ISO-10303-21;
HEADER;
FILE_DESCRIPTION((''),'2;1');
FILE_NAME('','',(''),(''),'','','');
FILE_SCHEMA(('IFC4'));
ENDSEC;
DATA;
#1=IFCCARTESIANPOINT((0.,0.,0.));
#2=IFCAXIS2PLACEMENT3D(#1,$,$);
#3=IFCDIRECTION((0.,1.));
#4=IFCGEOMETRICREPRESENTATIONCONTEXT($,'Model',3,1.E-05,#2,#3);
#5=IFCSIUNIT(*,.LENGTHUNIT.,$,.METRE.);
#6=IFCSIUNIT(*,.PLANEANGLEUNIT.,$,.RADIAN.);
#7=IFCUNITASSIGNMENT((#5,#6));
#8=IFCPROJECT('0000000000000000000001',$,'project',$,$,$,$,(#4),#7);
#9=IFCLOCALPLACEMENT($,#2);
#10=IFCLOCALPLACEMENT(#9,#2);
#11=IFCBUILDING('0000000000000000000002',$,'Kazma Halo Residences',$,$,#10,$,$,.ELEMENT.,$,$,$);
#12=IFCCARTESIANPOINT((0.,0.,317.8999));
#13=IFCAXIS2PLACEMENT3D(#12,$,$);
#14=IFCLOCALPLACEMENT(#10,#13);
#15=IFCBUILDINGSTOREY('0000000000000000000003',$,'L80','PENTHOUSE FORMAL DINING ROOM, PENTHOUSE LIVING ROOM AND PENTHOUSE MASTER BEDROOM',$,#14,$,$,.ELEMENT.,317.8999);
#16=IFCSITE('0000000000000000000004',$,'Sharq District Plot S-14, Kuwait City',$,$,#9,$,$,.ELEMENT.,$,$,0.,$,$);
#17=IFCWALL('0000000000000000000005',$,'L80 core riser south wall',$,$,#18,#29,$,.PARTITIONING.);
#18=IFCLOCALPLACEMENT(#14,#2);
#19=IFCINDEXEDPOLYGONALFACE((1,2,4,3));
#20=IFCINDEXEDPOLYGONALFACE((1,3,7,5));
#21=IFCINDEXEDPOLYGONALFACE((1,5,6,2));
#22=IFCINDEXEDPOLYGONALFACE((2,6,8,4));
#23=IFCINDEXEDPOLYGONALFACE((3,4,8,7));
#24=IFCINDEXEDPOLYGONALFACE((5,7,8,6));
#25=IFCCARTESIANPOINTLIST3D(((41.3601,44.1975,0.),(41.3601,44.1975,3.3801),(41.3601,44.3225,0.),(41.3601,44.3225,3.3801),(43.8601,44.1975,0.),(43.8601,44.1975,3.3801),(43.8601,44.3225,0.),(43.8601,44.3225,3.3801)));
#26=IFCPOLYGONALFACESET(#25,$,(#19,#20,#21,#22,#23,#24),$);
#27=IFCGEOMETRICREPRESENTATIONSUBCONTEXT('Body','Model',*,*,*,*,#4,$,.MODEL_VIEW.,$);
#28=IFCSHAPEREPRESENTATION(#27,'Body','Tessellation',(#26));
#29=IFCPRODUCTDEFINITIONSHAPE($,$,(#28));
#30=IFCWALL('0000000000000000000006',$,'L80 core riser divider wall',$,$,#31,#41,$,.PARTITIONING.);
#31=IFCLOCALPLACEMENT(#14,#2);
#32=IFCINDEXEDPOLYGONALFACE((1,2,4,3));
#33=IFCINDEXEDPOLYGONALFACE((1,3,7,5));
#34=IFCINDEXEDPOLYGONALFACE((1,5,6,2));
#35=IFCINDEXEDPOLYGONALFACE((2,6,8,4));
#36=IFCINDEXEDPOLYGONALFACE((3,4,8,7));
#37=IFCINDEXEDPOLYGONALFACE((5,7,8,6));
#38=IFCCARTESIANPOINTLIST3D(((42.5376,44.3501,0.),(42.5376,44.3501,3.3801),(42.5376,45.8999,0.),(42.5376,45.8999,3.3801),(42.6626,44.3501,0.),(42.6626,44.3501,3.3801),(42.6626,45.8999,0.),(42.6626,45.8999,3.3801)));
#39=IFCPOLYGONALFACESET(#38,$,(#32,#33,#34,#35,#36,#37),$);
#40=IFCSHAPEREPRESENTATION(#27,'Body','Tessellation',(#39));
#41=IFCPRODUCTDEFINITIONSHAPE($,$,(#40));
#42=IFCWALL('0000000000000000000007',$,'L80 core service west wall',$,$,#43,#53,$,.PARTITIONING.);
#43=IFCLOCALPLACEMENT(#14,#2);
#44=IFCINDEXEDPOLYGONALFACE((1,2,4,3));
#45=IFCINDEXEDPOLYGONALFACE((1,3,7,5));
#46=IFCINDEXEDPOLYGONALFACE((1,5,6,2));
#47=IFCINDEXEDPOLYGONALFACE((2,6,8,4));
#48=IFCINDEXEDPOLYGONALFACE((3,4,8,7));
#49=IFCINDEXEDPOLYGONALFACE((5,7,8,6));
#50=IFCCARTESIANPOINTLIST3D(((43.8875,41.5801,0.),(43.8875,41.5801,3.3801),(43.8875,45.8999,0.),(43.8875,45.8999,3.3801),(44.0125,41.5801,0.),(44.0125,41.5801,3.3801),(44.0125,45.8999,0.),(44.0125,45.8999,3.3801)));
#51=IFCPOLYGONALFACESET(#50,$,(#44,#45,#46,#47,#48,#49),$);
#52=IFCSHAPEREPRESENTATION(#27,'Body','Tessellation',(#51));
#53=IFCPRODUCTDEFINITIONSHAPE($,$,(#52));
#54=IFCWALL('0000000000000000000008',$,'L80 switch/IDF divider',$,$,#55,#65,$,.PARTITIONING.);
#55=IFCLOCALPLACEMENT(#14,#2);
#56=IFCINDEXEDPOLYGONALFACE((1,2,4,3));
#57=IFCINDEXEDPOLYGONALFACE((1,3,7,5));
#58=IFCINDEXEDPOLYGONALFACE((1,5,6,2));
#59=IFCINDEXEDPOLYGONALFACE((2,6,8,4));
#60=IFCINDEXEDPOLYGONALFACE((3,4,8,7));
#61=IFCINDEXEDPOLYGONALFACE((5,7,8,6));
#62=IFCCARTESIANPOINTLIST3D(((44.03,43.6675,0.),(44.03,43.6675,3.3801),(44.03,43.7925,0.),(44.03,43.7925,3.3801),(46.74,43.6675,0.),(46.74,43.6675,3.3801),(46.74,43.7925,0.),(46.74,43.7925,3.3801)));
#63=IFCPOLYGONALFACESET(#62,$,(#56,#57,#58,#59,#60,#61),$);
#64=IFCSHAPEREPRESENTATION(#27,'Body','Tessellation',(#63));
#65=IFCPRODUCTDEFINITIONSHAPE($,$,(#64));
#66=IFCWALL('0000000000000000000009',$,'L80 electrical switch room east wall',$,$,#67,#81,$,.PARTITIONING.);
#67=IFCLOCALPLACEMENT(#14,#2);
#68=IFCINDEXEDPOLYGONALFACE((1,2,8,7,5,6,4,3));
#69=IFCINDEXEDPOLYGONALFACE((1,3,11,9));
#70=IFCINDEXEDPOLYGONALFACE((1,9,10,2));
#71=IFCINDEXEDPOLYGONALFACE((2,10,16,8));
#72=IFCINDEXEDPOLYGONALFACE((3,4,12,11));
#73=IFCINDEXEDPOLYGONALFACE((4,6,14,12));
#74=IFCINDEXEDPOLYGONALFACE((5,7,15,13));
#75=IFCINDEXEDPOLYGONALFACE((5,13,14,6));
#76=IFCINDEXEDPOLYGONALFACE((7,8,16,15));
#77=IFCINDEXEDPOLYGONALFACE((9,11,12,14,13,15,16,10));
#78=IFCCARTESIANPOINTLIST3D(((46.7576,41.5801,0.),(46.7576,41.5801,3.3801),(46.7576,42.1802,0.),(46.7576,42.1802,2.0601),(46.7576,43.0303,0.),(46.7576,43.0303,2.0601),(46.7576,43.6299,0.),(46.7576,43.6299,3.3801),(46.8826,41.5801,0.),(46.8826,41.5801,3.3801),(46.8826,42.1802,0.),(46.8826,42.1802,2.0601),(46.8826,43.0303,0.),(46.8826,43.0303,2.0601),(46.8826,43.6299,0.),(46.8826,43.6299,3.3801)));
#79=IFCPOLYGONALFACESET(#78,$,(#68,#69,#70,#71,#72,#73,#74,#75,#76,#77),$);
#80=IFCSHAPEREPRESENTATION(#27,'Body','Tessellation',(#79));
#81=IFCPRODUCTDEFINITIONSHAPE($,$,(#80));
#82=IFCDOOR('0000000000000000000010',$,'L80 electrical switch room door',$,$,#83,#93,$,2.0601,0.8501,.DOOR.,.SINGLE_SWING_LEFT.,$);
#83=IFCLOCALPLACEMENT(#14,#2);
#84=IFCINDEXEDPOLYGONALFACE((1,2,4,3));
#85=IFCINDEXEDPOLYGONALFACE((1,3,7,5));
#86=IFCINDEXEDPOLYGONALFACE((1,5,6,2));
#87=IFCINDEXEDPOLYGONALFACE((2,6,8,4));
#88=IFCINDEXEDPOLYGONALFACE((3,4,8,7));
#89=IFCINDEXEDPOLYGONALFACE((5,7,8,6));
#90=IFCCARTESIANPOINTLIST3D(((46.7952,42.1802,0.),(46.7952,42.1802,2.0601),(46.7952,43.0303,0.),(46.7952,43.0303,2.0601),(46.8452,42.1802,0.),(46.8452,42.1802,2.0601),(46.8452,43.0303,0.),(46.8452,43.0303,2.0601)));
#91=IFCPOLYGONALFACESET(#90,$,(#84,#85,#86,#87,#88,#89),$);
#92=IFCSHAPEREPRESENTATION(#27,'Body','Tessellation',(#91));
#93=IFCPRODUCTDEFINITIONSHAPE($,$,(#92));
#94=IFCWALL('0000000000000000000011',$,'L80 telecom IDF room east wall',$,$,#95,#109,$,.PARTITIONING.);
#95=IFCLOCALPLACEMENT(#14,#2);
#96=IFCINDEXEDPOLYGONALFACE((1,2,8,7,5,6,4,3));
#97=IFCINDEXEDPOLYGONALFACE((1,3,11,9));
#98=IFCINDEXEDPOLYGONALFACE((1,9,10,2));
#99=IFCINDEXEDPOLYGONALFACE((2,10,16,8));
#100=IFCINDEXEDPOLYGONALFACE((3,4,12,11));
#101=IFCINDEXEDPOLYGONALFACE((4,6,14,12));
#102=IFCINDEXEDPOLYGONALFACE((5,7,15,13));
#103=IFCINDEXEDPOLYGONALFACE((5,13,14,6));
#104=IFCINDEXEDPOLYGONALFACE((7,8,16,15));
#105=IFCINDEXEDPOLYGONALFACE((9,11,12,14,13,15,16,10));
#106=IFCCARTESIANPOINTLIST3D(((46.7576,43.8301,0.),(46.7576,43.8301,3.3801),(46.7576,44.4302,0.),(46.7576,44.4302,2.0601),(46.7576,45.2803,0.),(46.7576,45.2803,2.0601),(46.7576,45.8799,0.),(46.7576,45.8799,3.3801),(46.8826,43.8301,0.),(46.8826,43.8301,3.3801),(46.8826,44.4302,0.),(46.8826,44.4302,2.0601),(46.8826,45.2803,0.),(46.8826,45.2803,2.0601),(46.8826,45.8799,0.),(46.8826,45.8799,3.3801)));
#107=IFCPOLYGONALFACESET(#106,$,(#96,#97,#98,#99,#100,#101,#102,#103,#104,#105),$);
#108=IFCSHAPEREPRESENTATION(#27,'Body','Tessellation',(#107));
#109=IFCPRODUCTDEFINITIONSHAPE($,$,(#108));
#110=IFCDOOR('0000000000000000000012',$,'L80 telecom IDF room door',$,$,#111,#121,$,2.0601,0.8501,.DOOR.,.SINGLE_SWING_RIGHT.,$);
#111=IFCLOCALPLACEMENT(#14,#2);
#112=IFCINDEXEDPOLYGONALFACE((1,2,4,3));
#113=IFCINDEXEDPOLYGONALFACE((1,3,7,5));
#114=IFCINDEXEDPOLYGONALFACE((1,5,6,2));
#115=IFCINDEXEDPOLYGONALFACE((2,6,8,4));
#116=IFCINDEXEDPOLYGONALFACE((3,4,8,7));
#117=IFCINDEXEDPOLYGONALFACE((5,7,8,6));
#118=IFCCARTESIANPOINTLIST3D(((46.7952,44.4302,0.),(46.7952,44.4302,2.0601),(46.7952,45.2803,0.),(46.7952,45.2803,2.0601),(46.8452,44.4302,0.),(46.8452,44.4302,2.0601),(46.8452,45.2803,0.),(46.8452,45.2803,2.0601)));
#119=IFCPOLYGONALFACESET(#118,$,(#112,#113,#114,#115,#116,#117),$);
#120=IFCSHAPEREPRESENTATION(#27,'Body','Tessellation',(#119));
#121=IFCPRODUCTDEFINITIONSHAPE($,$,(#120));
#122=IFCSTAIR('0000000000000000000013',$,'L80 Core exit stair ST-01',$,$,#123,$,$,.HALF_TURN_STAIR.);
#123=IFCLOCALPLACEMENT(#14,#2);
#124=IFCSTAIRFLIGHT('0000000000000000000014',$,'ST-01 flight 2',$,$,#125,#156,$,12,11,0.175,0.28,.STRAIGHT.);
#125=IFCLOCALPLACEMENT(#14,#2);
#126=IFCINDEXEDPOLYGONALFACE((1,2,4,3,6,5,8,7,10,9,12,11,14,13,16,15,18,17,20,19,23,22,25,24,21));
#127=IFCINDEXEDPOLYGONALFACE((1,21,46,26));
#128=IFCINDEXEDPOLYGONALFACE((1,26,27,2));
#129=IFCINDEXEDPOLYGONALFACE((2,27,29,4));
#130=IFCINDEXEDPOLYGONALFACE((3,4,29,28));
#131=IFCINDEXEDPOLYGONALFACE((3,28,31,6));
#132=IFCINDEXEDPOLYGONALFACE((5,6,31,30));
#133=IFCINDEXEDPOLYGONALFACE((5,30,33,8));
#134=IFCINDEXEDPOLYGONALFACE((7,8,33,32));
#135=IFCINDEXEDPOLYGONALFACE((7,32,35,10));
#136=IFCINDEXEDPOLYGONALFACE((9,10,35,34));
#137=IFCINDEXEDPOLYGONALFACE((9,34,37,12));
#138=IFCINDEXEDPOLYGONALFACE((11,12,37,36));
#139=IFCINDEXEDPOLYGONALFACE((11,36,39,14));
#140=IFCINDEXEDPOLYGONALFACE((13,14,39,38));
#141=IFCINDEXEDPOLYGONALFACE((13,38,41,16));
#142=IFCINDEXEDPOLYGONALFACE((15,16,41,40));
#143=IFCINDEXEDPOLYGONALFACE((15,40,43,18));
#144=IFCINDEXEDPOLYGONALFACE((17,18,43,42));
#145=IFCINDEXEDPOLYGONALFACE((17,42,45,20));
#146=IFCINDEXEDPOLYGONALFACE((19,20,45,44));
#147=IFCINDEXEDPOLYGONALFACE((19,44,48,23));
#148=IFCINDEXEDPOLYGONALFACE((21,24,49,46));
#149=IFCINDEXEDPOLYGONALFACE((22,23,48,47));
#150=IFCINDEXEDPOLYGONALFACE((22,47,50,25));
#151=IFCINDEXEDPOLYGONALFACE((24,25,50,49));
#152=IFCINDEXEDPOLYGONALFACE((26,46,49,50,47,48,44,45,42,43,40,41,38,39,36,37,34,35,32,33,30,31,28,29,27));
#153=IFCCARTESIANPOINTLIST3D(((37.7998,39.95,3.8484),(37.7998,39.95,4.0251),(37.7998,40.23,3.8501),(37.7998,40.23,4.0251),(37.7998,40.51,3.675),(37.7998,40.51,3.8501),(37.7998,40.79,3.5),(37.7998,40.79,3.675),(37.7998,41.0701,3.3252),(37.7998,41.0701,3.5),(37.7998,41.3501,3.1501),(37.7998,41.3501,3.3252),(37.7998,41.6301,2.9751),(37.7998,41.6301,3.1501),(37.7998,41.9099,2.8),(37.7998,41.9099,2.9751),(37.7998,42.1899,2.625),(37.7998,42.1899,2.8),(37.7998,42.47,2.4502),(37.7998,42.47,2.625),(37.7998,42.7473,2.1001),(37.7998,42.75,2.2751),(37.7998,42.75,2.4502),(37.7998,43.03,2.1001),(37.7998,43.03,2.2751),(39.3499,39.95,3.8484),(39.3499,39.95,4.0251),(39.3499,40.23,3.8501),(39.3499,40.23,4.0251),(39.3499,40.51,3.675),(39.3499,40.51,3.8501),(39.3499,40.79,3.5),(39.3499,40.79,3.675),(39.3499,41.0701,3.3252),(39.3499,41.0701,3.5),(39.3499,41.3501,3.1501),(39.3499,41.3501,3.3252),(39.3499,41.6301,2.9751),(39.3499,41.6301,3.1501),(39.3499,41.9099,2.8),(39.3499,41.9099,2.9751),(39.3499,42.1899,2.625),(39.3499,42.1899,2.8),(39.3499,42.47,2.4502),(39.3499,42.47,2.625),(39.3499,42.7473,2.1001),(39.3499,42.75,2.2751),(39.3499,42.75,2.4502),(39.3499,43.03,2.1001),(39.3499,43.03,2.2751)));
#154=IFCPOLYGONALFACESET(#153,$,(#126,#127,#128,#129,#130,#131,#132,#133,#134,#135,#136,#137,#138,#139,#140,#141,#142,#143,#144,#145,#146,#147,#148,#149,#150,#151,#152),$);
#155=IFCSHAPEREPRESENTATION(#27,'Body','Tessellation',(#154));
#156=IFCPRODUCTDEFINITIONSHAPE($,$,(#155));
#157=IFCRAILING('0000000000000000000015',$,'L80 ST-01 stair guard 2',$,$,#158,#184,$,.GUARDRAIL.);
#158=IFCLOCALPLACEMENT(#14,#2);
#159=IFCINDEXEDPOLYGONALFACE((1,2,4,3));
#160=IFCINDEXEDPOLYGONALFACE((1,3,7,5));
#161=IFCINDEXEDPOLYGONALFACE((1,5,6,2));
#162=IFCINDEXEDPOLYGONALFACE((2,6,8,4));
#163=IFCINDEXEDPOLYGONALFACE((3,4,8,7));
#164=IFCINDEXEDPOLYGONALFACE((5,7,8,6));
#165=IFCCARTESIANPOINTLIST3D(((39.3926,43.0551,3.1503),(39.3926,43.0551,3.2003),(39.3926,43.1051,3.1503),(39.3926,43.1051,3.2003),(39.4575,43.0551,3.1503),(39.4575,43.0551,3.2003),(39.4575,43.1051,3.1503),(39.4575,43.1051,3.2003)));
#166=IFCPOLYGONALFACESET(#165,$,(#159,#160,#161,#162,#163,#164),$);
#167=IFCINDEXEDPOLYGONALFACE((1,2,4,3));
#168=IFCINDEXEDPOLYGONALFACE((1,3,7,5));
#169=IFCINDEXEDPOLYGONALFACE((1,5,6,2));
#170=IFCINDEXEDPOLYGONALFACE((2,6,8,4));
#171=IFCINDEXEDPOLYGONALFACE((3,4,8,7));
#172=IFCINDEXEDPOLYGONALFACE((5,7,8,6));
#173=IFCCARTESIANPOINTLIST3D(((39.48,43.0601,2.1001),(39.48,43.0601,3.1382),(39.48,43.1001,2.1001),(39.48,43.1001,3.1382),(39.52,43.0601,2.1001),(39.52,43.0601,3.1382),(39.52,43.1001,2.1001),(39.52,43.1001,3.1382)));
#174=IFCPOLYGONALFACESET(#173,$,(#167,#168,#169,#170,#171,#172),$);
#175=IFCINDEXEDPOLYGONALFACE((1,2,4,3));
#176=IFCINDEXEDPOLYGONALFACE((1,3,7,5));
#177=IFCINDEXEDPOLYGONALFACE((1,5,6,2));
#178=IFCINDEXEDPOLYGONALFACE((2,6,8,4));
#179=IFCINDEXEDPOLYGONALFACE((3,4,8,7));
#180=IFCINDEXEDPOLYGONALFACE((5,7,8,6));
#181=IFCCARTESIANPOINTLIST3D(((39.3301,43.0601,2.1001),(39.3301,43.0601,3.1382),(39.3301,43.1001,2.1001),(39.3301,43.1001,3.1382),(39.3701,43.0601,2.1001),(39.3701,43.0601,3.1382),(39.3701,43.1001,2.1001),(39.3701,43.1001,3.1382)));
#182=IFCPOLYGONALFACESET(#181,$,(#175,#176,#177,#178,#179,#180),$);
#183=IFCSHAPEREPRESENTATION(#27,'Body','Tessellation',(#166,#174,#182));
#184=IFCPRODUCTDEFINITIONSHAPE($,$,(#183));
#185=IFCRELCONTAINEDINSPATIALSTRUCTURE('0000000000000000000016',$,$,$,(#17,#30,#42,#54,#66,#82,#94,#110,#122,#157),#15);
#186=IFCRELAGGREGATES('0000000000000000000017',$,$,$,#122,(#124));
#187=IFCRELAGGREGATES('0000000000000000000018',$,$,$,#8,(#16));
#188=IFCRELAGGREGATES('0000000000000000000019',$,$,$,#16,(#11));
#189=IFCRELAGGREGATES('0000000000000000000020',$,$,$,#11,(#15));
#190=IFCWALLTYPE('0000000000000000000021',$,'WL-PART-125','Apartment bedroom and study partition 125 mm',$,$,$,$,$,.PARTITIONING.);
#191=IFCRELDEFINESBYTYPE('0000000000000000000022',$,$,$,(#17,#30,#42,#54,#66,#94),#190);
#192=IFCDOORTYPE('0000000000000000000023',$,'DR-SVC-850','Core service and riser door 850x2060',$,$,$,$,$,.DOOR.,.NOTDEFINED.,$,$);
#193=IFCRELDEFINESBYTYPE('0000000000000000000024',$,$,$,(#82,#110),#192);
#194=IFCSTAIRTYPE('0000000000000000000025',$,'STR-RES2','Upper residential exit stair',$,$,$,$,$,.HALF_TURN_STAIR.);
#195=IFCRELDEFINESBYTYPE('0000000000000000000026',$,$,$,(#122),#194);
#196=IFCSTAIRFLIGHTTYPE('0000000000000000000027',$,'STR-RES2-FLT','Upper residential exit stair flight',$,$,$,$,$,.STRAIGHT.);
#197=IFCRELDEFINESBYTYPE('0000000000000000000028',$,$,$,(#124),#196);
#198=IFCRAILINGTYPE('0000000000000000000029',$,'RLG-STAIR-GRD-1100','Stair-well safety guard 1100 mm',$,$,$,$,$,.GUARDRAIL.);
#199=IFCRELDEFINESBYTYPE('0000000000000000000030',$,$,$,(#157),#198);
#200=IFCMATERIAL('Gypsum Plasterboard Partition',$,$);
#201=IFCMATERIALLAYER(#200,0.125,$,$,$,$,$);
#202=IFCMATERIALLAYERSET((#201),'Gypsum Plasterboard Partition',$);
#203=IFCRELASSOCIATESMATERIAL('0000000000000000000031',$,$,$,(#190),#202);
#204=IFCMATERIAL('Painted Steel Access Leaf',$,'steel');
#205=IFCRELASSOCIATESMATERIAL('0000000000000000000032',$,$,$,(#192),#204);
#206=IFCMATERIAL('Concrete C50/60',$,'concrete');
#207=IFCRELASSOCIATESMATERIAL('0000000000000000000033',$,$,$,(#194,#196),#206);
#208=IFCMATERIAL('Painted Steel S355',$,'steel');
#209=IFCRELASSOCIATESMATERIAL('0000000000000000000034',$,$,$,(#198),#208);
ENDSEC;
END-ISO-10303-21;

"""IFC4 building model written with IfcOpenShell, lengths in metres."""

from ifc_helpers import new_model, si_unit, direction, frame, frame_2d, origin, origin_2d, place, context, subcontext, project, spatial, polyline, rectangle, outline, extrude, material, layer, layer_set, type_object, element, fill, aggregate, save


model = new_model("IFC4")

# Units and contexts
model_context = context("Model", 3, precision=1e-05, world=origin(), true_north=direction((0.0, 1.0)))
body_context = subcontext(model_context, "Body", "Model", "MODEL_VIEW")
ifc_project = project(units=[si_unit("LENGTHUNIT", "METRE"), si_unit("PLANEANGLEUNIT", "RADIAN")], contexts=[model_context])

# Site, building, storey
site_placement = place(None, origin())
site = spatial("IfcSite", under=ifc_project, at=site_placement, Name="Sharq District Plot S-14, Kuwait City", CompositionType="ELEMENT", RefElevation=0.0)
building_placement = place(site_placement, origin())
building = spatial("IfcBuilding", under=site, at=building_placement, Name="Kazma Halo Residences", CompositionType="ELEMENT")
storey_placement = place(building_placement, frame((0.0, 0.0, 317.8999)))
storey = spatial("IfcBuildingStorey", under=building, at=storey_placement, Name="L80", Description="PENTHOUSE FORMAL DINING ROOM, PENTHOUSE LIVING ROOM AND PENTHOUSE MASTER BEDROOM", CompositionType="ELEMENT", Elevation=317.8999)

# Shared definitions
ifc_material_1 = material(Name="Gypsum Plasterboard Partition")
ifc_layer_1 = layer(ifc_material_1, 0.125)
ifc_layer_set_1 = layer_set([ifc_layer_1], Name="Gypsum Plasterboard Partition")
wall_type_1 = type_object("IfcWallType", Name="WL-PART-125", Description="Apartment bedroom and study partition 125 mm", PredefinedType="PARTITIONING", material=ifc_layer_set_1)

# Shared definitions
ifc_material_2 = material(Name="Painted Steel Access Leaf", Category="steel")
door_type_1 = type_object("IfcDoorType", Name="DR-SVC-850", Description="Core service and riser door 850x2060", OperationType="NOTDEFINED", PredefinedType="DOOR", material=ifc_material_2)

# Walls
wall_1_placement = place(storey_placement, frame((41.3601, 44.26, 0.0), z_axis=(0.0, 0.0, 1.0), x_axis=(1.0, 0.0, 0.0)))
element("IfcWall", 1, at=wall_1_placement, inside=storey, type_object=wall_type_1, Name="L80 core riser south wall", PredefinedType="PARTITIONING", context=body_context, shape_type="SweptSolid", body=[
    extrude(rectangle(XDim=2.5, YDim=0.125, at=frame_2d((1.25, 0.0))), origin(), (0.0, 0.0, 1.0), 3.3801),
])
wall_2_placement = place(storey_placement, frame((42.6001, 44.3501, 0.0), z_axis=(0.0, 0.0, 1.0), x_axis=(0.0, 1.0, 0.0)))
element("IfcWall", 2, at=wall_2_placement, inside=storey, type_object=wall_type_1, Name="L80 core riser divider wall", PredefinedType="PARTITIONING", context=body_context, shape_type="SweptSolid", body=[
    extrude(rectangle(XDim=1.5498, YDim=0.125, at=frame_2d((0.7749, 0.0))), origin(), (0.0, 0.0, 1.0), 3.3801),
])
wall_3_placement = place(storey_placement, frame((43.95, 41.5801, 0.0), z_axis=(0.0, 0.0, 1.0), x_axis=(0.0, 1.0, 0.0)))
element("IfcWall", 3, at=wall_3_placement, inside=storey, type_object=wall_type_1, Name="L80 core service west wall", PredefinedType="PARTITIONING", context=body_context, shape_type="SweptSolid", body=[
    extrude(rectangle(XDim=4.3198, YDim=0.125, at=frame_2d((2.1599, 0.0))), origin(), (0.0, 0.0, 1.0), 3.3801),
])
wall_4_placement = place(storey_placement, frame((44.03, 43.73, 0.0), z_axis=(0.0, 0.0, 1.0), x_axis=(1.0, 0.0, 0.0)))
element("IfcWall", 4, at=wall_4_placement, inside=storey, type_object=wall_type_1, Name="L80 switch/IDF divider", PredefinedType="PARTITIONING", context=body_context, shape_type="SweptSolid", body=[
    extrude(rectangle(XDim=2.71, YDim=0.125, at=frame_2d((1.355, 0.0))), origin(), (0.0, 0.0, 1.0), 3.3801),
])

# Walls, openings, doors
wall_5_placement = place(storey_placement, frame((46.8201, 41.5801, 0.0), z_axis=(0.0, 0.0, 1.0), x_axis=(0.0, 1.0, 0.0)))
wall_5 = element("IfcWall", 5, at=wall_5_placement, inside=storey, type_object=wall_type_1, Name="L80 electrical switch room east wall", PredefinedType="PARTITIONING", context=body_context, shape_type="SweptSolid", body=[
    extrude(rectangle(XDim=2.0498, YDim=0.125, at=frame_2d((1.0249, 0.0))), origin(), (0.0, 0.0, 1.0), 3.3801),
])
opening_1_placement = place(wall_5_placement, frame((0.6001, 0.0, 0.0)))
opening_1 = element("IfcOpeningElement", 6, at=opening_1_placement, cuts=wall_5, PredefinedType="OPENING", context=body_context, shape_type="SweptSolid", body=[
    extrude(rectangle(XDim=0.8501, YDim=2.0601, at=frame_2d((0.425, 1.03))), frame((0.0, 0.0725, 0.0), z_axis=(0.0, -1.0, 0.0), x_axis=(1.0, 0.0, 0.0)), (0.0, 0.0, 1.0), 0.145),
])
door_1_placement = place(opening_1_placement, origin())
door_1 = element("IfcDoor", 7, at=door_1_placement, inside=storey, type_object=door_type_1, Name="L80 electrical switch room door", OperationType="SINGLE_SWING_LEFT", OverallHeight=2.0601, OverallWidth=0.8501, PredefinedType="DOOR", context=body_context, shape_type="SweptSolid", body=[
    extrude(rectangle(XDim=0.8501, YDim=2.0601, at=frame_2d((0.425, 1.03))), frame((0.0, 0.0249, 0.0), z_axis=(0.0, -1.0, 0.0), x_axis=(1.0, 0.0, 0.0)), (0.0, 0.0, 1.0), 0.05),
])
fill(opening_1, door_1)
wall_6_placement = place(storey_placement, frame((46.8201, 43.8301, 0.0), z_axis=(0.0, 0.0, 1.0), x_axis=(0.0, 1.0, 0.0)))
wall_6 = element("IfcWall", 8, at=wall_6_placement, inside=storey, type_object=wall_type_1, Name="L80 telecom IDF room east wall", PredefinedType="PARTITIONING", context=body_context, shape_type="SweptSolid", body=[
    extrude(rectangle(XDim=2.0498, YDim=0.125, at=frame_2d((1.0249, 0.0))), origin(), (0.0, 0.0, 1.0), 3.3801),
])
opening_2_placement = place(wall_6_placement, frame((0.6001, 0.0, 0.0)))
opening_2 = element("IfcOpeningElement", 9, at=opening_2_placement, cuts=wall_6, PredefinedType="OPENING", context=body_context, shape_type="SweptSolid", body=[
    extrude(rectangle(XDim=0.8501, YDim=2.0601, at=frame_2d((0.425, 1.03))), frame((0.0, 0.0725, 0.0), z_axis=(0.0, -1.0, 0.0), x_axis=(1.0, 0.0, 0.0)), (0.0, 0.0, 1.0), 0.145),
])
door_2_placement = place(opening_2_placement, origin())
door_2 = element("IfcDoor", 10, at=door_2_placement, inside=storey, type_object=door_type_1, Name="L80 telecom IDF room door", OperationType="SINGLE_SWING_RIGHT", OverallHeight=2.0601, OverallWidth=0.8501, PredefinedType="DOOR", context=body_context, shape_type="SweptSolid", body=[
    extrude(rectangle(XDim=0.8501, YDim=2.0601, at=frame_2d((0.425, 1.03))), frame((0.0, 0.0249, 0.0), z_axis=(0.0, -1.0, 0.0), x_axis=(1.0, 0.0, 0.0)), (0.0, 0.0, 1.0), 0.05),
])
fill(opening_2, door_2)

# Stair, stair flight
ifc_material_3 = material(Name="Concrete C50/60", Category="concrete")
stair_type = type_object("IfcStairType", Name="STR-RES2", Description="Upper residential exit stair", PredefinedType="HALF_TURN_STAIR", material=ifc_material_3)
stair_placement = place(storey_placement, origin())
stair = element("IfcStair", 11, at=stair_placement, inside=storey, type_object=stair_type, Name="L80 Core exit stair ST-01", PredefinedType="HALF_TURN_STAIR")
stair_flight_type = type_object("IfcStairFlightType", Name="STR-RES2-FLT", Description="Upper residential exit stair flight", PredefinedType="STRAIGHT", material=ifc_material_3)
stair_flight_placement = place(storey_placement, frame((38.575, 43.03, 2.1001), z_axis=(0.0, 0.0, 1.0), x_axis=(0.0, -1.0, 0.0)))
stair_flight = element("IfcStairFlight", 12, at=stair_flight_placement, type_object=stair_flight_type, Name="ST-01 flight 2", NumberOfRisers=12, NumberOfTreads=11, PredefinedType="STRAIGHT", RiserHeight=0.175, TreadLength=0.28, context=body_context, shape_type="SweptSolid", body=[
    extrude(outline(polyline([(0.0, 0.0), (0.0, 0.175), (0.28, 0.175), (0.28, 0.3501), (0.5601, 0.3501), (0.5601, 0.5249), (0.8401, 0.5249), (0.8401, 0.7), (1.1201, 0.7), (1.1201, 0.875), (1.3999, 0.875), (1.3999, 1.05), (1.6799, 1.05), (1.6799, 1.2251), (1.96, 1.2251), (1.96, 1.3999), (2.24, 1.3999), (2.24, 1.575), (2.52, 1.575), (2.52, 1.75), (2.8, 1.75), (2.8, 1.925), (3.0801, 1.925), (3.0801, 2.1001), (3.0801, 1.7483), (0.2827, 0.0), (0.0, 0.0)])), frame((0.0, 0.7749, 0.0), z_axis=(0.0, -1.0, 0.0), x_axis=(1.0, 0.0, 0.0)), (0.0, 0.0, 1.0), 1.55),
])
aggregate(stair, [stair_flight])

# Railing
ifc_material_4 = material(Name="Painted Steel S355", Category="steel")
railing_type_1 = type_object("IfcRailingType", Name="RLG-STAIR-GRD-1100", Description="Stair-well safety guard 1100 mm", PredefinedType="GUARDRAIL", material=ifc_material_4)
railing_1_placement = place(storey_placement, frame((39.5, 43.0801, 2.1001)))
element("IfcRailing", 13, at=railing_1_placement, inside=storey, type_object=railing_type_1, Name="L80 ST-01 stair guard 2", PredefinedType="GUARDRAIL", context=body_context, shape_type="SweptSolid", body=[
    extrude(rectangle(XDim=0.05, YDim=0.05, at=origin_2d()), frame((-0.0425, 0.0, 1.0752), z_axis=(-1.0, 0.0, 0.0), x_axis=(0.0, -1.0, 0.0)), (0.0, 0.0, 1.0), 0.0649),
    extrude(rectangle(XDim=0.04, YDim=0.04, at=origin_2d()), origin(), (0.0, 0.0, 1.0), 1.0381),
    extrude(rectangle(XDim=0.04, YDim=0.04, at=origin_2d()), frame((-0.1499, 0.0, 0.0)), (0.0, 0.0, 1.0), 1.0381),
])

save(model, "model.ifc")
